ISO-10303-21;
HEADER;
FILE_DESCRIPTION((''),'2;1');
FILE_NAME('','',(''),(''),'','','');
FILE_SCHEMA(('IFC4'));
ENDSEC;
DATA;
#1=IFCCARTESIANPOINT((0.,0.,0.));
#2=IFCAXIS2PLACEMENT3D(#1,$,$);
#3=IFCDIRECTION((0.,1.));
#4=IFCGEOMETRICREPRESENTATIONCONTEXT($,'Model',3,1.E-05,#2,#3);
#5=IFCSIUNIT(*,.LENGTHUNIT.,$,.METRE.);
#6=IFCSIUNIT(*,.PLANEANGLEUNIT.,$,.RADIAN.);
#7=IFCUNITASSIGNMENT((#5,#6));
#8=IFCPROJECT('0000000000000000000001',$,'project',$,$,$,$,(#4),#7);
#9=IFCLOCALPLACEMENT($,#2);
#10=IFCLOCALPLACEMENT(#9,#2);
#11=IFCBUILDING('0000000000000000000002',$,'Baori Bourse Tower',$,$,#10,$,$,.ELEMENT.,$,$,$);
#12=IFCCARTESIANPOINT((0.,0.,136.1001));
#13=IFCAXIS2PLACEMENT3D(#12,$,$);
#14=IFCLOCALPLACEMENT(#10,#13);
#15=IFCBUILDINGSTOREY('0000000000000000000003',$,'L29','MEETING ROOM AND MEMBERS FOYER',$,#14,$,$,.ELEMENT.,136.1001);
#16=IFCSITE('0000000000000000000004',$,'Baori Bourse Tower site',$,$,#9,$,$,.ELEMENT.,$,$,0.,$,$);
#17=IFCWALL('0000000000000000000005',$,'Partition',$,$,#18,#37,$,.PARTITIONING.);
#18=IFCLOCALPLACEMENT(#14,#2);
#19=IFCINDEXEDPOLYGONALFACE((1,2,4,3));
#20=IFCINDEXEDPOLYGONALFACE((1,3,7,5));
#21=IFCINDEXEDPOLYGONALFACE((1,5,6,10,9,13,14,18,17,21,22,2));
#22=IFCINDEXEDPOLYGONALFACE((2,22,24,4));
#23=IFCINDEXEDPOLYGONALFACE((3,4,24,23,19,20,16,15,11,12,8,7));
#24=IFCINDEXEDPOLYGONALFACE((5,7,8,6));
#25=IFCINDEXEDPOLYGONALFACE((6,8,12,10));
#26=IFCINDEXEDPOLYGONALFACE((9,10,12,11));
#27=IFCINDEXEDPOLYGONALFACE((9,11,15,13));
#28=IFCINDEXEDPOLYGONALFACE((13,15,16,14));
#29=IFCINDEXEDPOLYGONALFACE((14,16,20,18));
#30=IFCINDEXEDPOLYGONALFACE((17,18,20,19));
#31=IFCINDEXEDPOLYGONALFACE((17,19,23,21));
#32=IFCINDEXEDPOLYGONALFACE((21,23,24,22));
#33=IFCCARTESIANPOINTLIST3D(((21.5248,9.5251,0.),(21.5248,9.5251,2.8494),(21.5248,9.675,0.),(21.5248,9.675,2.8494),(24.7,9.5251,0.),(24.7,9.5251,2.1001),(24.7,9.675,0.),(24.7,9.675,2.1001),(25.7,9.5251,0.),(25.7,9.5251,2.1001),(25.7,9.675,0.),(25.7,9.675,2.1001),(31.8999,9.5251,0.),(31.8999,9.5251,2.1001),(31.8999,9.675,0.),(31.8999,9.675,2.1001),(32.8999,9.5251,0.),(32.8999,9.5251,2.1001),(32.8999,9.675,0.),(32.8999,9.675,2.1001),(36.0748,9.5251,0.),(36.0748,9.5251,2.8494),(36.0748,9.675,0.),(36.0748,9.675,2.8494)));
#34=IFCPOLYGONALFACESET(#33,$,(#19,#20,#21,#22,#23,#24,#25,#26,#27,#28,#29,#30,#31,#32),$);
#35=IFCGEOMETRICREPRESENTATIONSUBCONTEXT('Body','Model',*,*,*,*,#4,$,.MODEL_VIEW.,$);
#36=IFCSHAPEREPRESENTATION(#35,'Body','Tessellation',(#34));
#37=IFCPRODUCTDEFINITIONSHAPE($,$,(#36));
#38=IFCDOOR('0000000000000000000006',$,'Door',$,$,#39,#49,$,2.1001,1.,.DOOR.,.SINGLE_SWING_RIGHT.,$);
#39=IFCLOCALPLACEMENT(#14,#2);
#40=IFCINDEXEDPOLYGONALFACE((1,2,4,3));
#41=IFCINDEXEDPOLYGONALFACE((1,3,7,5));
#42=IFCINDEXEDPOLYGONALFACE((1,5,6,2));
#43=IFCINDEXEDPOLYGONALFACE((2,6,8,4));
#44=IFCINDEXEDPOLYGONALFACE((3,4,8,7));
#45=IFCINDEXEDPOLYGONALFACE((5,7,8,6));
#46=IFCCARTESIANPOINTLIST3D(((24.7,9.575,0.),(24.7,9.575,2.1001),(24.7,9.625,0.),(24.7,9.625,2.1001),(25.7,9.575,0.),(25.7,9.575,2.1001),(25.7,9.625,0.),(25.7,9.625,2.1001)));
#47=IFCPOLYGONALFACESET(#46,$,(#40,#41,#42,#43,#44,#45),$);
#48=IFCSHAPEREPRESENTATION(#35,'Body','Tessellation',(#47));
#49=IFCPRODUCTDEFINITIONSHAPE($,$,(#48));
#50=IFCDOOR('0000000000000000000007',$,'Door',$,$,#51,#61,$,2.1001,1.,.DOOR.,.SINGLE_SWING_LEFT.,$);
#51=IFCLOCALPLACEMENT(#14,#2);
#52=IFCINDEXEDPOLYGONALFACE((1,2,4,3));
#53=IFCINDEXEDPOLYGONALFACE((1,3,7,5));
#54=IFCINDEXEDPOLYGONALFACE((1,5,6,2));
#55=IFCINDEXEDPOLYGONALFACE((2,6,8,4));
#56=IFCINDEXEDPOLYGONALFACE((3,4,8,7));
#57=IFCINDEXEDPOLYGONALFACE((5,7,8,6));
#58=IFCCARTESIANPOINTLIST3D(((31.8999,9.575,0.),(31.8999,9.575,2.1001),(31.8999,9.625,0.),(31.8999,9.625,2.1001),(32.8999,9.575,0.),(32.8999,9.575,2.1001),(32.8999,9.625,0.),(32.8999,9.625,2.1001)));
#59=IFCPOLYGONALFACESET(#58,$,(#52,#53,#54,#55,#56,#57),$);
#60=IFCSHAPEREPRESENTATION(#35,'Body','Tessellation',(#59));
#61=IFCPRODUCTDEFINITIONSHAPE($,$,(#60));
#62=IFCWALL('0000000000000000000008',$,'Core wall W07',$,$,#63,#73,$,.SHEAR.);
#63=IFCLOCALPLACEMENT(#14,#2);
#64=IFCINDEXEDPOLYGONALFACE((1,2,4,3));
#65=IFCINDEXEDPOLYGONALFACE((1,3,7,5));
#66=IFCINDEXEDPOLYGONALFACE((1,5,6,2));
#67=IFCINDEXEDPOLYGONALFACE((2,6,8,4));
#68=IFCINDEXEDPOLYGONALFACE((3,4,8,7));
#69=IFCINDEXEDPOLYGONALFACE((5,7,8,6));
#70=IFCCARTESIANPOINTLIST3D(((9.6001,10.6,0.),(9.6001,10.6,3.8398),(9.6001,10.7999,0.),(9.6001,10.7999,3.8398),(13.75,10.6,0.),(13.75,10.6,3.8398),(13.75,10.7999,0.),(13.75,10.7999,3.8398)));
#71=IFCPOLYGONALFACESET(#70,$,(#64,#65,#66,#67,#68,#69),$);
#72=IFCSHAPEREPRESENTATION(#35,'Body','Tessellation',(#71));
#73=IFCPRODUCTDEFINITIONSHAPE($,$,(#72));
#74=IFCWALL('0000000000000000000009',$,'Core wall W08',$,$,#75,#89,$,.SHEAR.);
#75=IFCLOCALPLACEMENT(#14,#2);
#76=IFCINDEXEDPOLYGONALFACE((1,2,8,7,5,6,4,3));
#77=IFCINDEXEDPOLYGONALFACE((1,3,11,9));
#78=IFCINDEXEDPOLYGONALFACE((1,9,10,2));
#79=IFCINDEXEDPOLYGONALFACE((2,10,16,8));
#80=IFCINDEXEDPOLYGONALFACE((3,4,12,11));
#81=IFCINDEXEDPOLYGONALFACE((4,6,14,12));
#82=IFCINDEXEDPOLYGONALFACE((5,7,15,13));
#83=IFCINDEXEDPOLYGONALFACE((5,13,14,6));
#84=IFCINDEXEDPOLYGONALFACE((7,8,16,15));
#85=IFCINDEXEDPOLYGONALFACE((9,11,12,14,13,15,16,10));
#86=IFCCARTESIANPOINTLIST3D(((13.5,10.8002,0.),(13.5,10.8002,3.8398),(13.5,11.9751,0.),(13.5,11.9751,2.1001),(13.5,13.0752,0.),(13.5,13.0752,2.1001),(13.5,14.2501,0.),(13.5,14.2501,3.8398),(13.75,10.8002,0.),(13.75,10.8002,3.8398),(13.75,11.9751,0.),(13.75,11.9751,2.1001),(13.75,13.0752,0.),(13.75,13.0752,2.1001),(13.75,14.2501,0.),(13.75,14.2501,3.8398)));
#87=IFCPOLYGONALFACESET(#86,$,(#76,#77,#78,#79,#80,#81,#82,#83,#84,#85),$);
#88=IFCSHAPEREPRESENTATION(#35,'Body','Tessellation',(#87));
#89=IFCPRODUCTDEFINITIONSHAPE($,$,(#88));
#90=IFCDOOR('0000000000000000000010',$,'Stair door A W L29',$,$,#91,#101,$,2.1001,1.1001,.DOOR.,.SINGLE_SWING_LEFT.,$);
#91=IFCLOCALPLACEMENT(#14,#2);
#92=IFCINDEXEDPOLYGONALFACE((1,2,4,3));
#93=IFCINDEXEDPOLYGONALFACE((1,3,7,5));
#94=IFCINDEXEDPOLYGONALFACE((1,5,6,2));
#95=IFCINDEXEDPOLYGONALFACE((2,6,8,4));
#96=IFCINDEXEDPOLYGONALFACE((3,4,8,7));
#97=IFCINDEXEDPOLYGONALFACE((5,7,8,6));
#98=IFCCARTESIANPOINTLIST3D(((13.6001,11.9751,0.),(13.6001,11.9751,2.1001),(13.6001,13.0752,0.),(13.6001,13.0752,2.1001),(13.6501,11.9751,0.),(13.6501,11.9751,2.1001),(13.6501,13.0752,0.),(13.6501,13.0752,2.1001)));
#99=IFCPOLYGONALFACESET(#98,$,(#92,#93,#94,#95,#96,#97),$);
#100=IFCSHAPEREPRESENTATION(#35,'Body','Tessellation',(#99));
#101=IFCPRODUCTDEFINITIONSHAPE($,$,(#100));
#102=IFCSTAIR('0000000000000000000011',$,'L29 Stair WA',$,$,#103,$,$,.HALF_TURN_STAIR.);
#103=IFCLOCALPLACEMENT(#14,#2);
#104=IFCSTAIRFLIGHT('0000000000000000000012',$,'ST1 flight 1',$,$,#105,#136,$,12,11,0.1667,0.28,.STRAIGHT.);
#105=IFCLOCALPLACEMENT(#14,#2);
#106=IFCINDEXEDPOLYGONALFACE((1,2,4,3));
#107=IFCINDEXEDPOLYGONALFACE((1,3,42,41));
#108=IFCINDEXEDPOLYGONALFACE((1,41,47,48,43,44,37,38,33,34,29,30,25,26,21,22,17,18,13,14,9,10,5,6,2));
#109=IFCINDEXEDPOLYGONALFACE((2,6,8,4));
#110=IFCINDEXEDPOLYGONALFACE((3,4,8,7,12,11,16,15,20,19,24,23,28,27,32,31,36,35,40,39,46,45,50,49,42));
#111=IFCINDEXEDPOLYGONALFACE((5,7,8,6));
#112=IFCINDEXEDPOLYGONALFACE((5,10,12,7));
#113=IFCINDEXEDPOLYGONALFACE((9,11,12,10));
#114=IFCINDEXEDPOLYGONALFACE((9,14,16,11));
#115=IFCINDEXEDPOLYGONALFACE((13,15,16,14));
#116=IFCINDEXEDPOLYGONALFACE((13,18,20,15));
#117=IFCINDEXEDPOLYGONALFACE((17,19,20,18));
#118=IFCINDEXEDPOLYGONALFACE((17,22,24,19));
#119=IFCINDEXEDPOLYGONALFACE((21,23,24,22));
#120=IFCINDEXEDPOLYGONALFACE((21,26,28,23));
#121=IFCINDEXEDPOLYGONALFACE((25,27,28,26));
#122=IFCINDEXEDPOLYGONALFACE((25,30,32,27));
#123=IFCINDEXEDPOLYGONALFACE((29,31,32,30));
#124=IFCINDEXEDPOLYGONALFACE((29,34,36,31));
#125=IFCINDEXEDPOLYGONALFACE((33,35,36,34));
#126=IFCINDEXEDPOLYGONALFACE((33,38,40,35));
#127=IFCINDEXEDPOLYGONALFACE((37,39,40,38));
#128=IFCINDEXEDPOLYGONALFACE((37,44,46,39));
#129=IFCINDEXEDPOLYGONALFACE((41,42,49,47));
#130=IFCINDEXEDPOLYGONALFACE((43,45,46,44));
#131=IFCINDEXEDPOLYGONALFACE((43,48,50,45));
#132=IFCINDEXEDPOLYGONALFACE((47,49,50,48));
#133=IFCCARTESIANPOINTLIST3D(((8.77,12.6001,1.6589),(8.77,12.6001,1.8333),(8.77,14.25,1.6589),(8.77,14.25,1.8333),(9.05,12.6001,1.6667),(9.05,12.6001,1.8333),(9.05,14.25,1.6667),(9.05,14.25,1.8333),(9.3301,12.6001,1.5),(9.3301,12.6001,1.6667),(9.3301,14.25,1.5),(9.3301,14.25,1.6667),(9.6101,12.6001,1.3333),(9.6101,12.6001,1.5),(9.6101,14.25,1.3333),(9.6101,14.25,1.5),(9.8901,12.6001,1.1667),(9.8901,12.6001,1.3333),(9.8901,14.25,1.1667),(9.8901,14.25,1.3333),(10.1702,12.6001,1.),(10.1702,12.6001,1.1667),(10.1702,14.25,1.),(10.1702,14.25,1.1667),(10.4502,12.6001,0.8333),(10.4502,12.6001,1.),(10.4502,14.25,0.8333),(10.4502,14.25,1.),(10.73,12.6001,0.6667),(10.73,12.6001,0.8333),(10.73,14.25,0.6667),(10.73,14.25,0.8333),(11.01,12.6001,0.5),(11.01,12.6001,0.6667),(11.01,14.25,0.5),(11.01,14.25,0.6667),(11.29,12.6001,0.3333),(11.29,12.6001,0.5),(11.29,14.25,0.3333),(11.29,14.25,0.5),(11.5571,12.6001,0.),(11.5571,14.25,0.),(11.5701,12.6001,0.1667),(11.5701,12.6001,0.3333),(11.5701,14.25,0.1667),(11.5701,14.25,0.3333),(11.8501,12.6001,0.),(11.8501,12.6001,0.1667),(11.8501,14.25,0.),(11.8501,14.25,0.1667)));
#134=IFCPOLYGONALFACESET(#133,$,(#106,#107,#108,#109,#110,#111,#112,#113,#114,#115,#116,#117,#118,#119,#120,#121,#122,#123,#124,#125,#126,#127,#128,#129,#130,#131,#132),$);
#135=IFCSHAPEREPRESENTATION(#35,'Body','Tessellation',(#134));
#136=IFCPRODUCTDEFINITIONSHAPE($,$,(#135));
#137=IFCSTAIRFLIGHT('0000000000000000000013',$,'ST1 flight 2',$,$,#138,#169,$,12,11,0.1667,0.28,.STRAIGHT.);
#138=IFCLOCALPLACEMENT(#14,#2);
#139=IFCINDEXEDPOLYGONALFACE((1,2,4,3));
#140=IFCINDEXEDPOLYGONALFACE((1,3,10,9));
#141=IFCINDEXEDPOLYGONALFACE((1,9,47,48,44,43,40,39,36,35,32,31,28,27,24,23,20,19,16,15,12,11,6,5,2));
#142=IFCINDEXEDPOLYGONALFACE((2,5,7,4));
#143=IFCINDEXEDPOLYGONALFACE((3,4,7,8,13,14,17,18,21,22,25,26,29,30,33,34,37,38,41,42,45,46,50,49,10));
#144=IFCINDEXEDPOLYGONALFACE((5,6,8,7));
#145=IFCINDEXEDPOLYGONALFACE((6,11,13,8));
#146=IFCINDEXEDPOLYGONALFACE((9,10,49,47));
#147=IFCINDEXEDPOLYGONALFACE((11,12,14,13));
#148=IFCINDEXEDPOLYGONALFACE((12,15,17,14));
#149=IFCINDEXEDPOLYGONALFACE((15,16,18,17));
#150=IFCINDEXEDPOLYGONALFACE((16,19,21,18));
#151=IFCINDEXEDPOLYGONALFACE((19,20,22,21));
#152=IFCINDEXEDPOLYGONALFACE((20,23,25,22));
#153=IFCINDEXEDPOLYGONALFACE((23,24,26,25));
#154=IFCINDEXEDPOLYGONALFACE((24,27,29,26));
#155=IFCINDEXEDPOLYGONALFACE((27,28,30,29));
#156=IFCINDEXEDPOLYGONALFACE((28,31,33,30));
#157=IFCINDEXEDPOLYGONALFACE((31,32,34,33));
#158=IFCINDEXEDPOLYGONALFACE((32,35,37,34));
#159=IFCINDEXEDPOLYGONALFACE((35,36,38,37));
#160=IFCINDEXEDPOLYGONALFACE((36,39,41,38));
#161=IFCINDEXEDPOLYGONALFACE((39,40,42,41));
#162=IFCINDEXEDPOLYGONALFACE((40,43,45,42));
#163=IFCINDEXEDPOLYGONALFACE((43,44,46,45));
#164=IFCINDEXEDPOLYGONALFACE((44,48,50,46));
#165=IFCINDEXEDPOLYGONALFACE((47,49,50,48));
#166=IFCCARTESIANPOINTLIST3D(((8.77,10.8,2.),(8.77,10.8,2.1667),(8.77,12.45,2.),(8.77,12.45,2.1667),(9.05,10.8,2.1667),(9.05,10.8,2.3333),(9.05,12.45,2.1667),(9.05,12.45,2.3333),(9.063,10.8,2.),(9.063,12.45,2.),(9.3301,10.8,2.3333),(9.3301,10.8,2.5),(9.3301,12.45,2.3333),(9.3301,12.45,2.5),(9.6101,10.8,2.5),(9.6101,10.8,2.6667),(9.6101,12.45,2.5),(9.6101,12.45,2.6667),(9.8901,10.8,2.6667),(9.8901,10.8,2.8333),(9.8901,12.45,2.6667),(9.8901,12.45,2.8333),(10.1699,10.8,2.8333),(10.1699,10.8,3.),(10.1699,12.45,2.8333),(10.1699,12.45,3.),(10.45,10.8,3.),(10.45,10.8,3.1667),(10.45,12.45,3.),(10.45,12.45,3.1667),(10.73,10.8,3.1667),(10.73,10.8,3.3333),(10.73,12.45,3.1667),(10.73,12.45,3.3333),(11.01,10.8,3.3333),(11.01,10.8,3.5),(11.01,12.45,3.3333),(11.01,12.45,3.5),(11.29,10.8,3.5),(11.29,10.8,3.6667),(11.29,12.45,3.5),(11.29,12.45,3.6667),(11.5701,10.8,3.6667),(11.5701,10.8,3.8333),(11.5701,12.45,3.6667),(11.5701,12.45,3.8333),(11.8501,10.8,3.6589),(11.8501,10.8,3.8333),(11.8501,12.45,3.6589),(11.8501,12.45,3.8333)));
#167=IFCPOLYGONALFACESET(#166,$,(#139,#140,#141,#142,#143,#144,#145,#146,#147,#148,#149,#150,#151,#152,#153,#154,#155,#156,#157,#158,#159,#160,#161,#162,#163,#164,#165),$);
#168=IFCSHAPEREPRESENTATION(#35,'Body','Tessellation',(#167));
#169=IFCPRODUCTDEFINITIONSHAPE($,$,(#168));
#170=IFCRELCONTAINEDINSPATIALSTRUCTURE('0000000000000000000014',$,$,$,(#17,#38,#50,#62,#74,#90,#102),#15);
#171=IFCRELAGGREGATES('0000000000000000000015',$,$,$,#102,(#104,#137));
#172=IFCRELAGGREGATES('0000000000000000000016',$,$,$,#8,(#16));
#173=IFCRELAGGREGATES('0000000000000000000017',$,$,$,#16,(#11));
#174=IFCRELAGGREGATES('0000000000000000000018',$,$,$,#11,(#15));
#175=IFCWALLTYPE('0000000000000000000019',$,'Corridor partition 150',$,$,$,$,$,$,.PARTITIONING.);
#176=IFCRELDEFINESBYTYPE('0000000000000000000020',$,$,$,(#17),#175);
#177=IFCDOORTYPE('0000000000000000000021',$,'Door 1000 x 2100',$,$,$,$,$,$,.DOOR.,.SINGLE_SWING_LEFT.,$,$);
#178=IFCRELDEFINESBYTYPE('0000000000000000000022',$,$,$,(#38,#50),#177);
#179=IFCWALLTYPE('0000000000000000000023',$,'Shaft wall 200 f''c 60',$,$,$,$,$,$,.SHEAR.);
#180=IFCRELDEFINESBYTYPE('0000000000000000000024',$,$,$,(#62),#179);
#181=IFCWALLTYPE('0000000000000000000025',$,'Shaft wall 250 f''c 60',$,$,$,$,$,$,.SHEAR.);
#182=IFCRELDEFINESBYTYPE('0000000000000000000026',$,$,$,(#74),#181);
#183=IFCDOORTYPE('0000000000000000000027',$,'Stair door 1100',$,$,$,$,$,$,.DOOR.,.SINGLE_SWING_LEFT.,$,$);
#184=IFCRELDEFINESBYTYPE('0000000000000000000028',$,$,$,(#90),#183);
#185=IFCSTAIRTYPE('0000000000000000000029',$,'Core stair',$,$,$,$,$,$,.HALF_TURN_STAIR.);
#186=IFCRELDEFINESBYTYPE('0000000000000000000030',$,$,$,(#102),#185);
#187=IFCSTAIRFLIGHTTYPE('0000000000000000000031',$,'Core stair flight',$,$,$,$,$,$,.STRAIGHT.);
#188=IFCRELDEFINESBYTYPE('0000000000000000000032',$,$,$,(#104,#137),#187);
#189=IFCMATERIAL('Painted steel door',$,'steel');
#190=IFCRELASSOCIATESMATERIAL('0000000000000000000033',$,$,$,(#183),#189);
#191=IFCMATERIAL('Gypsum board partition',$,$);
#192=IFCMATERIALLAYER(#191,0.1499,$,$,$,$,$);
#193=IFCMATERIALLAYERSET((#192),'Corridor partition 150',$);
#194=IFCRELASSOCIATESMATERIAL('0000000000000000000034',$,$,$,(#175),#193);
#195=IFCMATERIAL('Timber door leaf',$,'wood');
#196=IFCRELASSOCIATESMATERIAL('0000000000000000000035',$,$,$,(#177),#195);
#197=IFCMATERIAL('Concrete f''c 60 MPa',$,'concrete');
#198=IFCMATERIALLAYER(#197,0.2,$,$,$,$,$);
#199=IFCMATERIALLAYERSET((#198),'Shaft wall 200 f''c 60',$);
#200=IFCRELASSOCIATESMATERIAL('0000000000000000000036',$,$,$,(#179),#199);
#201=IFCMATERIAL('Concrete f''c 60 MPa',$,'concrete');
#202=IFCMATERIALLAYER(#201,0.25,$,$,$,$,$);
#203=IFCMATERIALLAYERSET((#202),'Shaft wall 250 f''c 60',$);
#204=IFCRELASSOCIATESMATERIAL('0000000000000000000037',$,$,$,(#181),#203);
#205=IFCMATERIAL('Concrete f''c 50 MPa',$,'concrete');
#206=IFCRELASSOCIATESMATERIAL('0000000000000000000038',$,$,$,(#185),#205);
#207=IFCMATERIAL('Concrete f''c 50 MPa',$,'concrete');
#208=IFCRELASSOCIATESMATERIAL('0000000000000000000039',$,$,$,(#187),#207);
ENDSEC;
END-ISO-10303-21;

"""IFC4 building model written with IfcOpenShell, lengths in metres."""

from ifc_helpers import new_model, si_unit, direction, frame, frame_2d, origin, place, context, subcontext, project, spatial, polyline, rectangle, outline, extrude, material, layer, layer_set, type_object, element, fill, aggregate, save


model = new_model("IFC4")

# Units and contexts
model_context = context("Model", 3, precision=1e-05, world=origin(), true_north=direction((0.0, 1.0)))
body_context = subcontext(model_context, "Body", "Model", "MODEL_VIEW")
ifc_project = project(units=[si_unit("LENGTHUNIT", "METRE"), si_unit("PLANEANGLEUNIT", "RADIAN")], contexts=[model_context])

# Site, building, storey
site_placement = place(None, origin())
site = spatial("IfcSite", under=ifc_project, at=site_placement, Name="Baori Bourse Tower site", CompositionType="ELEMENT", RefElevation=0.0)
building_placement = place(site_placement, origin())
building = spatial("IfcBuilding", under=site, at=building_placement, Name="Baori Bourse Tower", CompositionType="ELEMENT")
storey_placement = place(building_placement, frame((0.0, 0.0, 136.1001)))
storey = spatial("IfcBuildingStorey", under=building, at=storey_placement, Name="L29", Description="MEETING ROOM AND MEMBERS FOYER", CompositionType="ELEMENT", Elevation=136.1001)

# Shared definitions
ifc_material_1 = material(Name="Painted steel door", Category="steel")
door_type_1 = type_object("IfcDoorType", Name="Stair door 1100", OperationType="SINGLE_SWING_LEFT", PredefinedType="DOOR", material=ifc_material_1)

# Wall, openings, doors
ifc_material_2 = material(Name="Gypsum board partition")
ifc_layer_1 = layer(ifc_material_2, 0.1499)
ifc_layer_set_1 = layer_set([ifc_layer_1], Name="Corridor partition 150")
wall_type_1 = type_object("IfcWallType", Name="Corridor partition 150", PredefinedType="PARTITIONING", material=ifc_layer_set_1)
ifc_material_3 = material(Name="Timber door leaf", Category="wood")
door_type_2 = type_object("IfcDoorType", Name="Door 1000 x 2100", OperationType="SINGLE_SWING_LEFT", PredefinedType="DOOR", material=ifc_material_3)
wall_1_placement = place(storey_placement, frame((21.5249, 9.6001, 0.0), z_axis=(0.0, 0.0, 1.0), x_axis=(1.0, 0.0, 0.0)))
wall_1 = element("IfcWall", 1, at=wall_1_placement, inside=storey, type_object=wall_type_1, Name="Partition", PredefinedType="PARTITIONING", context=body_context, shape_type="SweptSolid", body=[
    extrude(rectangle(XDim=14.55, YDim=0.1499, at=frame_2d((7.2749, 0.0))), origin(), (0.0, 0.0, 1.0), 2.8494),
])
opening_1_placement = place(wall_1_placement, frame((3.175, 0.0, 0.0)))
opening_1 = element("IfcOpeningElement", 2, at=opening_1_placement, cuts=wall_1, PredefinedType="OPENING", context=body_context, shape_type="SweptSolid", body=[
    extrude(rectangle(XDim=1.0, YDim=2.1001, at=frame_2d((0.5, 1.05))), frame((0.0, 0.085, 0.0), z_axis=(0.0, -1.0, 0.0), x_axis=(1.0, 0.0, 0.0)), (0.0, 0.0, 1.0), 0.1699),
])
opening_2_placement = place(wall_1_placement, frame((10.375, 0.0, 0.0)))
opening_2 = element("IfcOpeningElement", 3, at=opening_2_placement, cuts=wall_1, PredefinedType="OPENING", context=body_context, shape_type="SweptSolid", body=[
    extrude(rectangle(XDim=1.0, YDim=2.1001, at=frame_2d((0.5, 1.05))), frame((0.0, 0.085, 0.0), z_axis=(0.0, -1.0, 0.0), x_axis=(1.0, 0.0, 0.0)), (0.0, 0.0, 1.0), 0.1699),
])
door_1_placement = place(opening_1_placement, origin())
door_1 = element("IfcDoor", 4, at=door_1_placement, inside=storey, type_object=door_type_2, Name="Door", OperationType="SINGLE_SWING_RIGHT", OverallHeight=2.1001, OverallWidth=1.0, PredefinedType="DOOR", context=body_context, shape_type="SweptSolid", body=[
    extrude(rectangle(XDim=1.0, YDim=2.1001, at=frame_2d((0.5, 1.05))), frame((0.0, 0.0249, 0.0), z_axis=(0.0, -1.0, 0.0), x_axis=(1.0, 0.0, 0.0)), (0.0, 0.0, 1.0), 0.05),
])
fill(opening_1, door_1)
door_2_placement = place(opening_2_placement, origin())
door_2 = element("IfcDoor", 5, at=door_2_placement, inside=storey, type_object=door_type_2, Name="Door", OperationType="SINGLE_SWING_LEFT", OverallHeight=2.1001, OverallWidth=1.0, PredefinedType="DOOR", context=body_context, shape_type="SweptSolid", body=[
    extrude(rectangle(XDim=1.0, YDim=2.1001, at=frame_2d((0.5, 1.05))), frame((0.0, 0.0249, 0.0), z_axis=(0.0, -1.0, 0.0), x_axis=(1.0, 0.0, 0.0)), (0.0, 0.0, 1.0), 0.05),
])
fill(opening_2, door_2)

# Wall
ifc_material_4 = material(Name="Concrete f'c 60 MPa", Category="concrete")
ifc_layer_2 = layer(ifc_material_4, 0.2)
ifc_layer_set_2 = layer_set([ifc_layer_2], Name="Shaft wall 200 f'c 60")
wall_type_2 = type_object("IfcWallType", Name="Shaft wall 200 f'c 60", PredefinedType="SHEAR", material=ifc_layer_set_2)
wall_2_placement = place(storey_placement, frame((9.6001, 10.7, 0.0), z_axis=(0.0, 0.0, 1.0), x_axis=(1.0, 0.0, 0.0)))
element("IfcWall", 6, at=wall_2_placement, inside=storey, type_object=wall_type_2, Name="Core wall W07", PredefinedType="SHEAR", context=body_context, shape_type="SweptSolid", body=[
    extrude(rectangle(XDim=4.1499, YDim=0.2, at=frame_2d((2.075, 0.0))), origin(), (0.0, 0.0, 1.0), 3.8398),
])

# Wall, opening, door
ifc_material_5 = material(Name="Concrete f'c 60 MPa", Category="concrete")
ifc_layer_3 = layer(ifc_material_5, 0.25)
ifc_layer_set_3 = layer_set([ifc_layer_3], Name="Shaft wall 250 f'c 60")
wall_type_3 = type_object("IfcWallType", Name="Shaft wall 250 f'c 60", PredefinedType="SHEAR", material=ifc_layer_set_3)
wall_3_placement = place(storey_placement, frame((13.625, 10.8, 0.0), z_axis=(0.0, 0.0, 1.0), x_axis=(0.0, 1.0, 0.0)))
wall_3 = element("IfcWall", 7, at=wall_3_placement, inside=storey, type_object=wall_type_3, Name="Core wall W08", PredefinedType="SHEAR", context=body_context, shape_type="SweptSolid", body=[
    extrude(rectangle(XDim=3.45, YDim=0.25, at=frame_2d((1.7251, 0.0))), origin(), (0.0, 0.0, 1.0), 3.8398),
])
opening_3_placement = place(wall_3_placement, frame((1.175, 0.0, 0.0)))
opening_3 = element("IfcOpeningElement", 8, at=opening_3_placement, cuts=wall_3, PredefinedType="OPENING", context=body_context, shape_type="SweptSolid", body=[
    extrude(rectangle(XDim=1.1001, YDim=2.1001, at=frame_2d((0.55, 1.05))), frame((0.0, 0.135, 0.0), z_axis=(0.0, -1.0, 0.0), x_axis=(1.0, 0.0, 0.0)), (0.0, 0.0, 1.0), 0.27),
])
door_3_placement = place(opening_3_placement, origin())
door_3 = element("IfcDoor", 9, at=door_3_placement, inside=storey, type_object=door_type_1, Name="Stair door A W L29", OperationType="SINGLE_SWING_LEFT", OverallHeight=2.1001, OverallWidth=1.1001, PredefinedType="DOOR", context=body_context, shape_type="SweptSolid", body=[
    extrude(rectangle(XDim=1.1001, YDim=2.1001, at=frame_2d((0.55, 1.05))), frame((0.0, 0.0249, 0.0), z_axis=(0.0, -1.0, 0.0), x_axis=(1.0, 0.0, 0.0)), (0.0, 0.0, 1.0), 0.05),
])
fill(opening_3, door_3)

# Stair, stair flights
ifc_material_6 = material(Name="Concrete f'c 50 MPa", Category="concrete")
stair_type = type_object("IfcStairType", Name="Core stair", PredefinedType="HALF_TURN_STAIR", material=ifc_material_6)
stair_placement = place(storey_placement, origin())
stair = element("IfcStair", 10, at=stair_placement, inside=storey, type_object=stair_type, Name="L29 Stair WA", PredefinedType="HALF_TURN_STAIR")
ifc_material_7 = material(Name="Concrete f'c 50 MPa", Category="concrete")
stair_flight_type = type_object("IfcStairFlightType", Name="Core stair flight", PredefinedType="STRAIGHT", material=ifc_material_7)
stair_flight_1_placement = place(storey_placement, frame((11.8501, 13.425, 0.0), z_axis=(0.0, 0.0, 1.0), x_axis=(-1.0, 0.0, 0.0)))
stair_flight_1 = element("IfcStairFlight", 11, at=stair_flight_1_placement, type_object=stair_flight_type, Name="ST1 flight 1", NumberOfRisers=12, NumberOfTreads=11, PredefinedType="STRAIGHT", RiserHeight=0.1667, TreadLength=0.28, context=body_context, shape_type="SweptSolid", body=[
    extrude(outline(polyline([(0.0, 0.0), (0.0, 0.1667), (0.28, 0.1667), (0.28, 0.3333), (0.5601, 0.3333), (0.5601, 0.5), (0.8401, 0.5), (0.8401, 0.6667), (1.1201, 0.6667), (1.1201, 0.8333), (1.3999, 0.8333), (1.3999, 1.0), (1.6799, 1.0), (1.6799, 1.1667), (1.96, 1.1667), (1.96, 1.3333), (2.24, 1.3333), (2.24, 1.5), (2.52, 1.5), (2.52, 1.6667), (2.8, 1.6667), (2.8, 1.8333), (3.0801, 1.8333), (3.0801, 2.0), (3.0801, 1.6589), (0.293, 0.0), (0.0, 0.0)])), frame((0.0, 0.825, 0.0), z_axis=(0.0, -1.0, 0.0), x_axis=(1.0, 0.0, 0.0)), (0.0, 0.0, 1.0), 1.6499),
])
stair_flight_2_placement = place(storey_placement, frame((8.77, 11.625, 2.0), z_axis=(0.0, 0.0, 1.0), x_axis=(1.0, 0.0, 0.0)))
stair_flight_2 = element("IfcStairFlight", 12, at=stair_flight_2_placement, type_object=stair_flight_type, Name="ST1 flight 2", NumberOfRisers=12, NumberOfTreads=11, PredefinedType="STRAIGHT", RiserHeight=0.1667, TreadLength=0.28, context=body_context, shape_type="SweptSolid", body=[
    extrude(outline(polyline([(0.0, 0.0), (0.0, 0.1667), (0.28, 0.1667), (0.28, 0.3333), (0.5601, 0.3333), (0.5601, 0.5), (0.8401, 0.5), (0.8401, 0.6667), (1.1201, 0.6667), (1.1201, 0.8333), (1.3999, 0.8333), (1.3999, 1.0), (1.6799, 1.0), (1.6799, 1.1667), (1.96, 1.1667), (1.96, 1.3333), (2.24, 1.3333), (2.24, 1.5), (2.52, 1.5), (2.52, 1.6667), (2.8, 1.6667), (2.8, 1.8333), (3.0801, 1.8333), (3.0801, 2.0), (3.0801, 1.6589), (0.293, 0.0), (0.0, 0.0)])), frame((0.0, 0.825, 0.0), z_axis=(0.0, -1.0, 0.0), x_axis=(1.0, 0.0, 0.0)), (0.0, 0.0, 1.0), 1.6499),
])
aggregate(stair, [stair_flight_1, stair_flight_2])

save(model, "model.ifc")
